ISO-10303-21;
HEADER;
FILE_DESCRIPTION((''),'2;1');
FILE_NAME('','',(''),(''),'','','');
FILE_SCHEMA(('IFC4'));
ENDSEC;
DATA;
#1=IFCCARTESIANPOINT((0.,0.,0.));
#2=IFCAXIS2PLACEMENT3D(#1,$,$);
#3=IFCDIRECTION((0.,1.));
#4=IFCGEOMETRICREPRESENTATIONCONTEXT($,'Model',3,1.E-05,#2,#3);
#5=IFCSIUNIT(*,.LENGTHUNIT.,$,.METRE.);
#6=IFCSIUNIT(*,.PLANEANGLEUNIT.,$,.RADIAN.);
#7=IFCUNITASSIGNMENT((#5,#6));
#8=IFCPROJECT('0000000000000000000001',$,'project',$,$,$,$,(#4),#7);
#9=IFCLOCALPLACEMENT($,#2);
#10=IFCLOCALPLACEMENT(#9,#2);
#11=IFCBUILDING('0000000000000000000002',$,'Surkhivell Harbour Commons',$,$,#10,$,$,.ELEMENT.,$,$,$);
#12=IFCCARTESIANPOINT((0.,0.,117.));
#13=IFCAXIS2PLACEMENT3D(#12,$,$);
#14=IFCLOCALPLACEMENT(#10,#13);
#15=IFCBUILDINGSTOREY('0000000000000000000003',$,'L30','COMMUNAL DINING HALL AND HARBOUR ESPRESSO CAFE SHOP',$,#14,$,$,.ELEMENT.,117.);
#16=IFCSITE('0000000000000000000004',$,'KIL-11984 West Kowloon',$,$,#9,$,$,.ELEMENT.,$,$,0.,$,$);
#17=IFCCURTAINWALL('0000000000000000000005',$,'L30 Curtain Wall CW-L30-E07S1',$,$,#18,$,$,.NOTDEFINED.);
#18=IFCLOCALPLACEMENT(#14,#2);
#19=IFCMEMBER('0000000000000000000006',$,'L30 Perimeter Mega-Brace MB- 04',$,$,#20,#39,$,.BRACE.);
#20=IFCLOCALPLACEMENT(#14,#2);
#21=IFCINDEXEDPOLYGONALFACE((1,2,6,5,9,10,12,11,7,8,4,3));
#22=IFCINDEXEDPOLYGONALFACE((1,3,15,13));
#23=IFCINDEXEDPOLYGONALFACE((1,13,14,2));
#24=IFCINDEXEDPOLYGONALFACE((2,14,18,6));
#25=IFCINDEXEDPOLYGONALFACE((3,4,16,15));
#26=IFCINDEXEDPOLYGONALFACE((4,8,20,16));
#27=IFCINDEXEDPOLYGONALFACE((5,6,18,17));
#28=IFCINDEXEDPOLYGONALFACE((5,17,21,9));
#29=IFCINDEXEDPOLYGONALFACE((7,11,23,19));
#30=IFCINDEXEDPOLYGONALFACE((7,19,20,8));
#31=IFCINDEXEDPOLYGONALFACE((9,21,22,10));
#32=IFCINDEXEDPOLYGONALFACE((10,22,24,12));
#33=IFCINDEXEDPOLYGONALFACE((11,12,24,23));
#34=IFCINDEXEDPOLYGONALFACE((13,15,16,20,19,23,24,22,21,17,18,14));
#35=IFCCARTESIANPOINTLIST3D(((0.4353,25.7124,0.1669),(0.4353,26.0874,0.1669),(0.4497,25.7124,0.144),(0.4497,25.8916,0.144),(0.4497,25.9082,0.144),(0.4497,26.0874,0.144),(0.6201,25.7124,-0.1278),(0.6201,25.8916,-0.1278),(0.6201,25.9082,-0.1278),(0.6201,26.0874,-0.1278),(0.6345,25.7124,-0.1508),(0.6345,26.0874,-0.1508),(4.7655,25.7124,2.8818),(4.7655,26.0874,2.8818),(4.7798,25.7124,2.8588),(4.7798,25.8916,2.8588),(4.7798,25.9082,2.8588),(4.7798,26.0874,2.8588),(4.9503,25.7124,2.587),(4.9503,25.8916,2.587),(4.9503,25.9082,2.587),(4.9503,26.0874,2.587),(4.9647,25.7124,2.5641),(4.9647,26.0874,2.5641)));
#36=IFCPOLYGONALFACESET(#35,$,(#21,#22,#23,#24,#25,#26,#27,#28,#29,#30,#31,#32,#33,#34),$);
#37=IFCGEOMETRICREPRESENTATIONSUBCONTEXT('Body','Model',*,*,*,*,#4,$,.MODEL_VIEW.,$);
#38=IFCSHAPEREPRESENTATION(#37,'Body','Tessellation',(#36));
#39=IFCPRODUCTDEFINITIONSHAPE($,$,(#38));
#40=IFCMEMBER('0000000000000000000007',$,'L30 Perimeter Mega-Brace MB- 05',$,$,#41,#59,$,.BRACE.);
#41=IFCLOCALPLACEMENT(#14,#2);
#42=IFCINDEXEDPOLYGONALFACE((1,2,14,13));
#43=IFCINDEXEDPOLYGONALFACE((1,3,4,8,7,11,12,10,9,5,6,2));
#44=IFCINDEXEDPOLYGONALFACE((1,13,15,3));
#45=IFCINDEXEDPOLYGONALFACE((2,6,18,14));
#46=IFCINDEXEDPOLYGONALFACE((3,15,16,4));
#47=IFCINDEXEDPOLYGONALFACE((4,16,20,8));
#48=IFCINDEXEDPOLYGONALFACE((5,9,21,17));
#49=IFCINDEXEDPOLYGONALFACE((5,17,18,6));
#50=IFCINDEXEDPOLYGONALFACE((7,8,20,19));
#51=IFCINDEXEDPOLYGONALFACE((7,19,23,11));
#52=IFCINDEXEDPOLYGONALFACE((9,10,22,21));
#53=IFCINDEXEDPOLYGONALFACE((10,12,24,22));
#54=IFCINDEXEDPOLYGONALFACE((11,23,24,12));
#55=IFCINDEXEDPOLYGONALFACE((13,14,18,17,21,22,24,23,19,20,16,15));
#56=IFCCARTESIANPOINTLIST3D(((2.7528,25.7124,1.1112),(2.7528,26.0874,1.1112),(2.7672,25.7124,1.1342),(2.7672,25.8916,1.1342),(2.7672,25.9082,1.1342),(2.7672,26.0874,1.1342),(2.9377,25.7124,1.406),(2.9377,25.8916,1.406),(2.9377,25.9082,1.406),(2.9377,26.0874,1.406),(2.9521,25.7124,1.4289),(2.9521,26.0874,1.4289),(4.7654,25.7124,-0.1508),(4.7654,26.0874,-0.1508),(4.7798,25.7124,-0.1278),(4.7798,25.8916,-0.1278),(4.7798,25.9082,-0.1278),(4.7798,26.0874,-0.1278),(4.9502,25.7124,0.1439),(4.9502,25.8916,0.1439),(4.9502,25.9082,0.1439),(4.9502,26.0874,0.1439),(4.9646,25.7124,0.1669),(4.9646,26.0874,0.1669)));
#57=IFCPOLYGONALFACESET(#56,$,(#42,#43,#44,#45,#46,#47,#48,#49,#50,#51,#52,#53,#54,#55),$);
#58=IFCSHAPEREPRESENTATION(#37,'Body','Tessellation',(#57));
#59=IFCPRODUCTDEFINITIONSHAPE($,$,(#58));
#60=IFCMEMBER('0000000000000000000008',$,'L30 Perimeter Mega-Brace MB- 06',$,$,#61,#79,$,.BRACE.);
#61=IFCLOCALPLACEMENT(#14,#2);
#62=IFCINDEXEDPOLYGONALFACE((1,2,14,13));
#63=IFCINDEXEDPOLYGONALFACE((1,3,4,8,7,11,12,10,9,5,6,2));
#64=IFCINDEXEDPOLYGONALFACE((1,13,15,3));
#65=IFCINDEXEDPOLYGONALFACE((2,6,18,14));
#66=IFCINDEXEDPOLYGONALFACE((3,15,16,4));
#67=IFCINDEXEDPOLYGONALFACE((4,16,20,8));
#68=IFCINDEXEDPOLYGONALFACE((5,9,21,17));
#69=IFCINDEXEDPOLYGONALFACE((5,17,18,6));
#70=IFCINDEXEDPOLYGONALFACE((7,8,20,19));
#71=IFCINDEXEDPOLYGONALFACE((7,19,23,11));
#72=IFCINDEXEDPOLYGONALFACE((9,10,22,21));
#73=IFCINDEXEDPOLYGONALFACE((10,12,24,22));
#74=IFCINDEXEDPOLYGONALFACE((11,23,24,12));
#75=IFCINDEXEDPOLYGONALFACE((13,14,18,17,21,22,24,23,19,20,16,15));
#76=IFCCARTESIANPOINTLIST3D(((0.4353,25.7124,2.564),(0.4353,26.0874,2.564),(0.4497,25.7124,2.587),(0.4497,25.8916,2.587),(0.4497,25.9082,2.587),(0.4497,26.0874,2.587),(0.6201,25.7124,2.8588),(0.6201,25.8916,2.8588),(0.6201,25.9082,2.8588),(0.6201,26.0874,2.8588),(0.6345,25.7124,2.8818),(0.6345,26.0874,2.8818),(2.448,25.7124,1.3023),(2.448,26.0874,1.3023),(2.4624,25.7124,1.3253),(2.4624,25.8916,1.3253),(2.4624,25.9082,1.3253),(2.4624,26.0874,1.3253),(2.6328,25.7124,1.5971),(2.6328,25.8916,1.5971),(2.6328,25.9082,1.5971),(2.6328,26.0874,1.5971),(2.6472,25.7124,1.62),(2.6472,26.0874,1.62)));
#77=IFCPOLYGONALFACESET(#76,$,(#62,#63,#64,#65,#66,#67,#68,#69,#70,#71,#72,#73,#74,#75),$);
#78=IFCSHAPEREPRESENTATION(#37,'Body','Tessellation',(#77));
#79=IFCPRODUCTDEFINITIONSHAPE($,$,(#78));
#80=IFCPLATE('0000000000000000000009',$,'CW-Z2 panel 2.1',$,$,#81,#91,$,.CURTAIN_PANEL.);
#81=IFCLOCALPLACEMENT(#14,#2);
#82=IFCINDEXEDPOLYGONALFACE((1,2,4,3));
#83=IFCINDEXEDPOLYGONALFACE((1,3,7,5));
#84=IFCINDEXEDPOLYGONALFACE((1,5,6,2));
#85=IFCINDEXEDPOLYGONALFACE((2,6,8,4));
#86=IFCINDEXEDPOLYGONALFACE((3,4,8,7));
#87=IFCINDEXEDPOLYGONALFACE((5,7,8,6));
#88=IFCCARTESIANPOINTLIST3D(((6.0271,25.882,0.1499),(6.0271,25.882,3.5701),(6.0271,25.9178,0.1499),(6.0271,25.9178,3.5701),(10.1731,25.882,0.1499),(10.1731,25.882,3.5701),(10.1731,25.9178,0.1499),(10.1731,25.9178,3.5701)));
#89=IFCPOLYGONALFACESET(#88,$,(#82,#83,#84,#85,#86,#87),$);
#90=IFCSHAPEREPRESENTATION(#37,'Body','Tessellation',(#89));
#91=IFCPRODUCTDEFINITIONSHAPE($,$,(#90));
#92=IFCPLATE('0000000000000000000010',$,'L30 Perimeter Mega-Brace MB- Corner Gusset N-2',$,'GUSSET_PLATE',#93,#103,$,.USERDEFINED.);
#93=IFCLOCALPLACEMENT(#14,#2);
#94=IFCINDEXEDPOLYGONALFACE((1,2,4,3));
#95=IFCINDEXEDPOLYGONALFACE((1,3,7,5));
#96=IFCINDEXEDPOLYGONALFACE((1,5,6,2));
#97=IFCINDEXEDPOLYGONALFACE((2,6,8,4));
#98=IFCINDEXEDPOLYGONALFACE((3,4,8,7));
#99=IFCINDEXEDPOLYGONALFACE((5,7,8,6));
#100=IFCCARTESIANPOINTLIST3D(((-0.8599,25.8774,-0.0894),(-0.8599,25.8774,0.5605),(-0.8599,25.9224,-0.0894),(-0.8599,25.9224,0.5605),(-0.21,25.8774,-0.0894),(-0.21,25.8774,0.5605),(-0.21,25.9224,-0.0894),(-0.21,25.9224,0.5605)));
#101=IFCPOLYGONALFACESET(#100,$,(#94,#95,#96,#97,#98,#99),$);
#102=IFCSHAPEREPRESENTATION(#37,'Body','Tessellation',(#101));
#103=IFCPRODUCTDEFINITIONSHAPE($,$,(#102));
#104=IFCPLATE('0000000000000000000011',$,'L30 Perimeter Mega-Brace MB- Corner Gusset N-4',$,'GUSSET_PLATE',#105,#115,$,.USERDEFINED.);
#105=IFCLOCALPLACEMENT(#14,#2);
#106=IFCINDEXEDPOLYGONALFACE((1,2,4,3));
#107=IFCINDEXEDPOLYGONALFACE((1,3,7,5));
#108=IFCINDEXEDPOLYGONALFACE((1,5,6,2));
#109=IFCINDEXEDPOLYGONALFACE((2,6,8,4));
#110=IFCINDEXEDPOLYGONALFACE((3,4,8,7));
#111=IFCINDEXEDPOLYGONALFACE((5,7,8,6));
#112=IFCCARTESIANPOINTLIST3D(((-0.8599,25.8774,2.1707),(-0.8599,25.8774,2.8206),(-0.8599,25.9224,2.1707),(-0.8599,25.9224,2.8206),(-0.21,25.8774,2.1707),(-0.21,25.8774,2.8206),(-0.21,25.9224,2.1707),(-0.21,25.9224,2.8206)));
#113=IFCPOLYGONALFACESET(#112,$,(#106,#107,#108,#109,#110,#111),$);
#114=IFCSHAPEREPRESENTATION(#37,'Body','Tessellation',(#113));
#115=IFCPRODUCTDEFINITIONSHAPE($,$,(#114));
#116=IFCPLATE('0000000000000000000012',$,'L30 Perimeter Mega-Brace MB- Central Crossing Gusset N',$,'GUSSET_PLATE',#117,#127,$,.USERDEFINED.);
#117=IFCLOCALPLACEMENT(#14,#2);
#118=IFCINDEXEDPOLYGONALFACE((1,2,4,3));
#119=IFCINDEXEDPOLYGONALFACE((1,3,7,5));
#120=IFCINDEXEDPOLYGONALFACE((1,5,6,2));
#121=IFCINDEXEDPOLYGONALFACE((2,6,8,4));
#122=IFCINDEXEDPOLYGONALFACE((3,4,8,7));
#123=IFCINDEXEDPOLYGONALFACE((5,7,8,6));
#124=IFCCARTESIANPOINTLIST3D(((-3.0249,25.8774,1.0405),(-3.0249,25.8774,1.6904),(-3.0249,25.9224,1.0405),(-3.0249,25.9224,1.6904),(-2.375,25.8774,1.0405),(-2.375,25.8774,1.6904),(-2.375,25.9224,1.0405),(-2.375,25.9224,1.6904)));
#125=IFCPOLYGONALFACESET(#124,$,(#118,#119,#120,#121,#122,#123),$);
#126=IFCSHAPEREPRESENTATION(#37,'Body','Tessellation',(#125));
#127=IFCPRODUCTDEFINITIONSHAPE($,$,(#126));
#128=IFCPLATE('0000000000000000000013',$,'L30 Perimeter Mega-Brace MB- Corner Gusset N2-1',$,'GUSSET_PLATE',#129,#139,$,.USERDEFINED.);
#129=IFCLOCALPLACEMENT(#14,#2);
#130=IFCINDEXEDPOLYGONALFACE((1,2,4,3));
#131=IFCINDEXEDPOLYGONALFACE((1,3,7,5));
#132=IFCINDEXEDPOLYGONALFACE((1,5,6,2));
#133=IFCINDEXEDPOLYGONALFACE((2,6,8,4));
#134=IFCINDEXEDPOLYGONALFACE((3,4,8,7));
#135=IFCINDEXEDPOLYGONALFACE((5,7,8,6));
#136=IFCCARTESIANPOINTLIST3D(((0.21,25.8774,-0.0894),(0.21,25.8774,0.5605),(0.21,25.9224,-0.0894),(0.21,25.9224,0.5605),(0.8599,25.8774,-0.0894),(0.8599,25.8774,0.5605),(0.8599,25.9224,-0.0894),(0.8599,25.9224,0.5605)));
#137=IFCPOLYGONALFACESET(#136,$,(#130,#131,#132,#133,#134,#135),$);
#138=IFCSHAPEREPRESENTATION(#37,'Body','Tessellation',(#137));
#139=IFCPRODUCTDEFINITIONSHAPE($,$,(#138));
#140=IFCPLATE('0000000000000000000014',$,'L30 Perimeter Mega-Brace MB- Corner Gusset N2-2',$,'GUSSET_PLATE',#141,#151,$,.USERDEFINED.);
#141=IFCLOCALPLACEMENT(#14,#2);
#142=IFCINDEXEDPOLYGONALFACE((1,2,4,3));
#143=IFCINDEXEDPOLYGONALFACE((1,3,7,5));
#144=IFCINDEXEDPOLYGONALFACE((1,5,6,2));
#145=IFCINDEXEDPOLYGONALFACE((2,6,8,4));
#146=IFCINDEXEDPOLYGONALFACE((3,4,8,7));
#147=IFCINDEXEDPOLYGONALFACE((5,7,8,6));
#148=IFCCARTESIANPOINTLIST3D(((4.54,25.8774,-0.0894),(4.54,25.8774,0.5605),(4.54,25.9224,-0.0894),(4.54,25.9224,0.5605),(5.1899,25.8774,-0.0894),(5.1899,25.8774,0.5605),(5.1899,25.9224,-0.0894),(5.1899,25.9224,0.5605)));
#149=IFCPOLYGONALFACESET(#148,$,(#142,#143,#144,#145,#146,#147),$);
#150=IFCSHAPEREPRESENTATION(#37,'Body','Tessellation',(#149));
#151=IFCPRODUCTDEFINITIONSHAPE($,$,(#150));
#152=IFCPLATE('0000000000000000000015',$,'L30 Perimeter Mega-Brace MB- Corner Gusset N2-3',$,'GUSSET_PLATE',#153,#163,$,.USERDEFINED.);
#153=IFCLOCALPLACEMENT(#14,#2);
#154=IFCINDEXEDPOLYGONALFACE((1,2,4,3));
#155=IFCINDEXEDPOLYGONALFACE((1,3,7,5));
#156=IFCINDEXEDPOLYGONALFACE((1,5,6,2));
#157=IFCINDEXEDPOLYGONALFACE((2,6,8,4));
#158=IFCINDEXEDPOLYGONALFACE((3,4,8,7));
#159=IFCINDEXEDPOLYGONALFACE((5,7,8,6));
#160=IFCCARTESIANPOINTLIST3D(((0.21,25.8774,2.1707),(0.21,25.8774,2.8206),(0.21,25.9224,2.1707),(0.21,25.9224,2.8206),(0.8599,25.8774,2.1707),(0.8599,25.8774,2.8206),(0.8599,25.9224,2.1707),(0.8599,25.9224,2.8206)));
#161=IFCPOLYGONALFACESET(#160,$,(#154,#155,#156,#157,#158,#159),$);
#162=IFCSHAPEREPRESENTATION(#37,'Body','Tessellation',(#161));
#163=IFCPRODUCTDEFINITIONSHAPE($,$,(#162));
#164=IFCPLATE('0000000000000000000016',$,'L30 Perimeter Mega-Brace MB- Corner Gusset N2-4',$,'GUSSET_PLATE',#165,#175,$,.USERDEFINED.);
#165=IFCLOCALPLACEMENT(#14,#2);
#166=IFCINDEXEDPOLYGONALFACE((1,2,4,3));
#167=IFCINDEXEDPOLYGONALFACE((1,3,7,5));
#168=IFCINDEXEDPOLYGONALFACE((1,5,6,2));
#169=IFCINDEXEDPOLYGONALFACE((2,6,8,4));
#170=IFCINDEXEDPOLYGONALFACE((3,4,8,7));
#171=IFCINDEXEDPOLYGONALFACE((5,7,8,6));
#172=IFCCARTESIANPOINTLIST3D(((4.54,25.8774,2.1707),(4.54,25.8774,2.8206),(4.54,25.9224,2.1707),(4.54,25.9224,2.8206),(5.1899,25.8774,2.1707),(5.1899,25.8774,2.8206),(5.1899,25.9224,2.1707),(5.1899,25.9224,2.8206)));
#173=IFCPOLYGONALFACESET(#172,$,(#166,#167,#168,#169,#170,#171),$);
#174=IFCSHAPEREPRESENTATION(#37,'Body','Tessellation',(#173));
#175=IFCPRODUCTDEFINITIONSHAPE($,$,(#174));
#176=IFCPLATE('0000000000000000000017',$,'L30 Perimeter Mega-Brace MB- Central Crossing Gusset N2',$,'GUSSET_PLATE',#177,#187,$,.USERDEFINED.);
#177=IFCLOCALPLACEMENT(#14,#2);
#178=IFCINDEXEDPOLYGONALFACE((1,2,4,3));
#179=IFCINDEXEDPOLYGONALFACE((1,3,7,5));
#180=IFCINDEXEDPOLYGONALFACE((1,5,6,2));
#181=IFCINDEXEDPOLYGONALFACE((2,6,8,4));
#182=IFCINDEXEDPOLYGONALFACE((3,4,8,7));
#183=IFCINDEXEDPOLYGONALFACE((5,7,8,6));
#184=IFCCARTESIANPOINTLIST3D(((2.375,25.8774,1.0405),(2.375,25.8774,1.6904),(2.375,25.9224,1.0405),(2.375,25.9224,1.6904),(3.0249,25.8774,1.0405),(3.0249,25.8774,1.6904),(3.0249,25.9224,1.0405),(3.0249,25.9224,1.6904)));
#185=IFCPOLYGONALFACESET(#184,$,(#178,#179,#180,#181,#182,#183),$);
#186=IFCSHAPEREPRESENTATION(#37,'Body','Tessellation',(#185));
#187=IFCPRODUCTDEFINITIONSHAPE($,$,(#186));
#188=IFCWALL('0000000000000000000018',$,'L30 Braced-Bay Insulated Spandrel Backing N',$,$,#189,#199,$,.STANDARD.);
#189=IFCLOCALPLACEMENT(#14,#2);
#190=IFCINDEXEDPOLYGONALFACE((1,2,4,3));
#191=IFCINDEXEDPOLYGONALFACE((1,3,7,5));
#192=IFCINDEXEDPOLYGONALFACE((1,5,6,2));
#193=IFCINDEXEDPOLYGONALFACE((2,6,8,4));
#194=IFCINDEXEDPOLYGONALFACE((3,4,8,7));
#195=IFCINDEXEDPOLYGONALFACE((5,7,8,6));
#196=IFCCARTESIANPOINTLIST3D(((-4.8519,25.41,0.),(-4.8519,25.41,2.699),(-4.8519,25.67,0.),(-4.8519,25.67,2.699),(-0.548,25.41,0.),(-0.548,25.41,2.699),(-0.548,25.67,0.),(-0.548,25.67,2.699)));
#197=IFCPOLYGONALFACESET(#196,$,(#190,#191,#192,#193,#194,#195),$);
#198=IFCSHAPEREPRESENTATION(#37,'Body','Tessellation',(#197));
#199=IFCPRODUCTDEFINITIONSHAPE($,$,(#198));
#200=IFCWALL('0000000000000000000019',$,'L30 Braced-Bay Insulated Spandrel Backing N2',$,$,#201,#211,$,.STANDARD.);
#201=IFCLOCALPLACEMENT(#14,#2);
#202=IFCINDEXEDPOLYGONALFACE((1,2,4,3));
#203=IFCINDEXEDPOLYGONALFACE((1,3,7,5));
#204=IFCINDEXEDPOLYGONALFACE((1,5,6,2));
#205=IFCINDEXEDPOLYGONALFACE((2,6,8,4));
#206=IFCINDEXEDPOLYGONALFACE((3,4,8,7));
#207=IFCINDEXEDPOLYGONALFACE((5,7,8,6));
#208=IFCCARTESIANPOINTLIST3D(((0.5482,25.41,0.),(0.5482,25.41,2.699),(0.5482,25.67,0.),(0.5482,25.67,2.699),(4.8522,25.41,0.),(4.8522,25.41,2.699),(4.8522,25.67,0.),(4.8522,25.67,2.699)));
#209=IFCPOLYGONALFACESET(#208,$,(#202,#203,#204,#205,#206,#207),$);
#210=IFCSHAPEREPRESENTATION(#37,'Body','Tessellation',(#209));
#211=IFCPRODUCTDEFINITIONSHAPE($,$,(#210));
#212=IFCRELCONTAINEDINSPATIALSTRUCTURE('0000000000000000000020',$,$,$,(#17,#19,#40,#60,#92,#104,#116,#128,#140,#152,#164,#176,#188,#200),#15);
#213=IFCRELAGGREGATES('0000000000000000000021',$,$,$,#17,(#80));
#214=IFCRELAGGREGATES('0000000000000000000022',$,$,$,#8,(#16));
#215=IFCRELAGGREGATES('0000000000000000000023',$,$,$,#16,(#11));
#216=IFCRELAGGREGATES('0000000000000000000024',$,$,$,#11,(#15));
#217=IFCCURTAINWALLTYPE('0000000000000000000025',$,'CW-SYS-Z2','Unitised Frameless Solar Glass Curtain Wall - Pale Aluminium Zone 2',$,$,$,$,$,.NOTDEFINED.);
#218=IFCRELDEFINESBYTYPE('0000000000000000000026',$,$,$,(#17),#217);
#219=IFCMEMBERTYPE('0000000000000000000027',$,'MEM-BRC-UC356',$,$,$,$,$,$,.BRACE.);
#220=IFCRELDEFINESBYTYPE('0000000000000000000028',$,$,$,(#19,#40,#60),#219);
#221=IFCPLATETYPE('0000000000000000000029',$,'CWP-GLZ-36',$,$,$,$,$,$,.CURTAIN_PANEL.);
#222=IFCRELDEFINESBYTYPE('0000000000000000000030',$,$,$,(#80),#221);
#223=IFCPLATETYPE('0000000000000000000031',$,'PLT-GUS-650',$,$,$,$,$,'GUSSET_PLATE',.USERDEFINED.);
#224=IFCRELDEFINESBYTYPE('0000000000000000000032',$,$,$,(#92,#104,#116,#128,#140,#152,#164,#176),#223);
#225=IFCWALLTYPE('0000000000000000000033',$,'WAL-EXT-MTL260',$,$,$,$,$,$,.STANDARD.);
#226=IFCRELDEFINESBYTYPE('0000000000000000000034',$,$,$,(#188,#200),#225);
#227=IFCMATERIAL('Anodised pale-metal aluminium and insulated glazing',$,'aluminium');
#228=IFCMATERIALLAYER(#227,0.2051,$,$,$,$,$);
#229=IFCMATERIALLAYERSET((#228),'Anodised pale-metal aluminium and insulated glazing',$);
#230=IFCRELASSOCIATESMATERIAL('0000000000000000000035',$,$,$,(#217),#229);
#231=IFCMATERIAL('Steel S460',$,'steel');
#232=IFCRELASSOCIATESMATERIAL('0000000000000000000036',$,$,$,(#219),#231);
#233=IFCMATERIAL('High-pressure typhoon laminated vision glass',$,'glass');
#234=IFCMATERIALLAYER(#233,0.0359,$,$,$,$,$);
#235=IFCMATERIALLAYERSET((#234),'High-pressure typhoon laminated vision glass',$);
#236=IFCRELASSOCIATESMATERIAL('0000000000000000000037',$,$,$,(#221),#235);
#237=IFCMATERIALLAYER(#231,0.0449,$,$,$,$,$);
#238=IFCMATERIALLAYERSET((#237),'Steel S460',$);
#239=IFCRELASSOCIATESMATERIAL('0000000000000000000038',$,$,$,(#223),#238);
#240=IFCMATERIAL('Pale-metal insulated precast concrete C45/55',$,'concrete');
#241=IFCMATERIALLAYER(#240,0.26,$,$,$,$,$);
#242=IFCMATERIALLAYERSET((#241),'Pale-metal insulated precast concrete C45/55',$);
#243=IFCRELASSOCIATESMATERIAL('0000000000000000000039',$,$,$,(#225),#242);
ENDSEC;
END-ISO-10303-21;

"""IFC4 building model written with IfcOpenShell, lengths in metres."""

from ifc_helpers import new_model, si_unit, direction, frame, frame_2d, origin, origin_2d, place, context, subcontext, project, spatial, rectangle, i_section, extrude, material, layer, layer_set, material_profile, profile_set, type_object, element, aggregate, save


model = new_model("IFC4")

# Units and contexts
model_context = context("Model", 3, precision=1e-05, world=origin(), true_north=direction((0.0, 1.0)))
body_context = subcontext(model_context, "Body", "Model", "MODEL_VIEW")
ifc_project = project(units=[si_unit("LENGTHUNIT", "METRE"), si_unit("PLANEANGLEUNIT", "RADIAN")], contexts=[model_context])

# Site, building, storey
site_placement = place(None, origin())
site = spatial("IfcSite", under=ifc_project, at=site_placement, Name="KIL-11984 West Kowloon", CompositionType="ELEMENT", RefElevation=0.0)
building_placement = place(site_placement, origin())
building = spatial("IfcBuilding", under=site, at=building_placement, Name="Surkhivell Harbour Commons", CompositionType="ELEMENT")
storey_placement = place(building_placement, frame((0.0, 0.0, 117.0)))
storey = spatial("IfcBuildingStorey", under=building, at=storey_placement, Name="L30", Description="COMMUNAL DINING HALL AND HARBOUR ESPRESSO CAFE SHOP", CompositionType="ELEMENT", Elevation=117.0)

# Shared definitions
ifc_material_1 = material(Name="Steel S460", Category="steel")

# Curtain wall
ifc_material_2 = material(Name="Anodised pale-metal aluminium and insulated glazing", Category="aluminium")
ifc_layer_1 = layer(ifc_material_2, 0.2051)
ifc_layer_set_1 = layer_set([ifc_layer_1], Name="Anodised pale-metal aluminium and insulated glazing")
curtain_wall_type = type_object("IfcCurtainWallType", Name="CW-SYS-Z2", Description="Unitised Frameless Solar Glass Curtain Wall - Pale Aluminium Zone 2", PredefinedType="NOTDEFINED", material=ifc_layer_set_1)
curtain_wall_placement = place(storey_placement, origin())
curtain_wall = element("IfcCurtainWall", 1, at=curtain_wall_placement, inside=storey, type_object=curtain_wall_type, Name="L30 Curtain Wall CW-L30-E07S1", PredefinedType="NOTDEFINED")

# Members
ifc_material_profile_1 = material_profile(ifc_material_1, i_section(OverallWidth=0.375, OverallDepth=0.375, WebThickness=0.0166, FlangeThickness=0.0271, at=origin_2d()), Name="UC356x368x202")
ifc_profile_set_1 = profile_set([ifc_material_profile_1], Name="Steel S460")
member_type_1 = type_object("IfcMemberType", Name="MEM-BRC-UC356", PredefinedType="BRACE", material=ifc_profile_set_1)
member_1_placement = place(storey_placement, frame((0.5349, 25.8999, 0.0081), z_axis=(0.847246, 0.0, 0.531201), x_axis=(0.0, 1.0, 0.0)))
element("IfcMember", 2, at=member_1_placement, inside=storey, type_object=member_type_1, Name="L30 Perimeter Mega-Brace MB- 04", PredefinedType="BRACE", context=body_context, shape_type="SweptSolid", body=[
    extrude(i_section(OverallWidth=0.375, OverallDepth=0.375, WebThickness=0.0166, FlangeThickness=0.0271, at=origin_2d()), origin(), (0.0, 0.0, 1.0), 5.1108),
])
for number, where, z_axis, x_axis, name in (
    (3, (4.865, 25.8999, 0.0081), (-0.847206, 0.0, 0.531264), (0.0, -1.0, 0.0), "L30 Perimeter Mega-Brace MB- 05"),
    (4, (2.5476, 25.8999, 1.4612), (-0.847282, 0.0, 0.531144), (0.0, -1.0, 0.0), "L30 Perimeter Mega-Brace MB- 06"),
):
    element("IfcMember", number, at=place(storey_placement, frame(where, z_axis=z_axis, x_axis=x_axis)), inside=storey, type_object=member_type_1, Name=name, PredefinedType="BRACE", context=body_context, shape_type="SweptSolid", body=[
        extrude(i_section(OverallWidth=0.375, OverallDepth=0.375, WebThickness=0.0166, FlangeThickness=0.0271, at=origin_2d()), origin(), (0.0, 0.0, 1.0), 2.3755),
    ])

# Plate
ifc_material_3 = material(Name="High-pressure typhoon laminated vision glass", Category="glass")
ifc_layer_2 = layer(ifc_material_3, 0.0359)
ifc_layer_set_2 = layer_set([ifc_layer_2], Name="High-pressure typhoon laminated vision glass")
plate_type_1 = type_object("IfcPlateType", Name="CWP-GLZ-36", PredefinedType="CURTAIN_PANEL", material=ifc_layer_set_2)
plate_placement = place(storey_placement, frame((10.1731, 25.8999, 0.1499), z_axis=(0.0, 0.0, 1.0), x_axis=(-1.0, 0.0, 0.0)))
plate = element("IfcPlate", 5, at=plate_placement, type_object=plate_type_1, Name="CW-Z2 panel 2.1", PredefinedType="CURTAIN_PANEL", context=body_context, shape_type="SweptSolid", body=[
    extrude(rectangle(XDim=4.146, YDim=0.0359, at=frame_2d((2.073, 0.0))), origin(), (0.0, 0.0, 1.0), 3.4202),
])
aggregate(curtain_wall, [plate])

# Plates
ifc_layer_3 = layer(ifc_material_1, 0.0449)
ifc_layer_set_3 = layer_set([ifc_layer_3], Name="Steel S460")
plate_type_2 = type_object("IfcPlateType", Name="PLT-GUS-650", ElementType="GUSSET_PLATE", PredefinedType="USERDEFINED", material=ifc_layer_set_3)
for number, where, z_axis, x_axis, name in (
    (6, (-0.5349, 25.8999, -0.0894), (0.0, 0.0, 1.0), (1.0, 0.0, 0.0), "L30 Perimeter Mega-Brace MB- Corner Gusset N-2"),
    (7, (-0.5349, 25.8999, 2.1707), (0.0, 0.0, 1.0), (1.0, 0.0, 0.0), "L30 Perimeter Mega-Brace MB- Corner Gusset N-4"),
    (8, (-2.7, 25.8999, 1.0405), (0.0, 0.0, 1.0), (1.0, 0.0, 0.0), "L30 Perimeter Mega-Brace MB- Central Crossing Gusset N"),
    (9, (0.5349, 25.8999, -0.0894), (0.0, 0.0, 1.0), (1.0, 0.0, 0.0), "L30 Perimeter Mega-Brace MB- Corner Gusset N2-1"),
    (10, (4.865, 25.8999, -0.0894), (0.0, 0.0, 1.0), (1.0, 0.0, 0.0), "L30 Perimeter Mega-Brace MB- Corner Gusset N2-2"),
    (11, (0.5349, 25.8999, 2.1707), (0.0, 0.0, 1.0), (1.0, 0.0, 0.0), "L30 Perimeter Mega-Brace MB- Corner Gusset N2-3"),
    (12, (4.865, 25.8999, 2.1707), (0.0, 0.0, 1.0), (1.0, 0.0, 0.0), "L30 Perimeter Mega-Brace MB- Corner Gusset N2-4"),
    (13, (2.7, 25.8999, 1.0405), (0.0, 0.0, 1.0), (1.0, 0.0, 0.0), "L30 Perimeter Mega-Brace MB- Central Crossing Gusset N2"),
):
    element("IfcPlate", number, at=place(storey_placement, frame(where, z_axis=z_axis, x_axis=x_axis)), inside=storey, type_object=plate_type_2, Name=name, ObjectType="GUSSET_PLATE", PredefinedType="USERDEFINED", context=body_context, shape_type="SweptSolid", body=[
        extrude(rectangle(XDim=0.6499, YDim=0.0449, at=origin_2d()), origin(), (0.0, 0.0, 1.0), 0.6499),
    ])

# Walls
ifc_material_4 = material(Name="Pale-metal insulated precast concrete C45/55", Category="concrete")
ifc_layer_4 = layer(ifc_material_4, 0.26)
ifc_layer_set_4 = layer_set([ifc_layer_4], Name="Pale-metal insulated precast concrete C45/55")
wall_type = type_object("IfcWallType", Name="WAL-EXT-MTL260", PredefinedType="STANDARD", material=ifc_layer_set_4)
for number, where, z_axis, x_axis, name in (
    (14, (-0.5481, 25.54, 0.0), (0.0, 0.0, 1.0), (-1.0, 0.0, 0.0), "L30 Braced-Bay Insulated Spandrel Backing N"),
    (15, (4.8521, 25.54, 0.0), (0.0, 0.0, 1.0), (-1.0, 0.0, 0.0), "L30 Braced-Bay Insulated Spandrel Backing N2"),
):
    element("IfcWall", number, at=place(storey_placement, frame(where, z_axis=z_axis, x_axis=x_axis)), inside=storey, type_object=wall_type, Name=name, PredefinedType="STANDARD", context=body_context, shape_type="SweptSolid", body=[
        extrude(rectangle(XDim=4.304, YDim=0.26, at=frame_2d((2.1519, 0.0))), origin(), (0.0, 0.0, 1.0), 2.699),
    ])

save(model, "model.ifc")
